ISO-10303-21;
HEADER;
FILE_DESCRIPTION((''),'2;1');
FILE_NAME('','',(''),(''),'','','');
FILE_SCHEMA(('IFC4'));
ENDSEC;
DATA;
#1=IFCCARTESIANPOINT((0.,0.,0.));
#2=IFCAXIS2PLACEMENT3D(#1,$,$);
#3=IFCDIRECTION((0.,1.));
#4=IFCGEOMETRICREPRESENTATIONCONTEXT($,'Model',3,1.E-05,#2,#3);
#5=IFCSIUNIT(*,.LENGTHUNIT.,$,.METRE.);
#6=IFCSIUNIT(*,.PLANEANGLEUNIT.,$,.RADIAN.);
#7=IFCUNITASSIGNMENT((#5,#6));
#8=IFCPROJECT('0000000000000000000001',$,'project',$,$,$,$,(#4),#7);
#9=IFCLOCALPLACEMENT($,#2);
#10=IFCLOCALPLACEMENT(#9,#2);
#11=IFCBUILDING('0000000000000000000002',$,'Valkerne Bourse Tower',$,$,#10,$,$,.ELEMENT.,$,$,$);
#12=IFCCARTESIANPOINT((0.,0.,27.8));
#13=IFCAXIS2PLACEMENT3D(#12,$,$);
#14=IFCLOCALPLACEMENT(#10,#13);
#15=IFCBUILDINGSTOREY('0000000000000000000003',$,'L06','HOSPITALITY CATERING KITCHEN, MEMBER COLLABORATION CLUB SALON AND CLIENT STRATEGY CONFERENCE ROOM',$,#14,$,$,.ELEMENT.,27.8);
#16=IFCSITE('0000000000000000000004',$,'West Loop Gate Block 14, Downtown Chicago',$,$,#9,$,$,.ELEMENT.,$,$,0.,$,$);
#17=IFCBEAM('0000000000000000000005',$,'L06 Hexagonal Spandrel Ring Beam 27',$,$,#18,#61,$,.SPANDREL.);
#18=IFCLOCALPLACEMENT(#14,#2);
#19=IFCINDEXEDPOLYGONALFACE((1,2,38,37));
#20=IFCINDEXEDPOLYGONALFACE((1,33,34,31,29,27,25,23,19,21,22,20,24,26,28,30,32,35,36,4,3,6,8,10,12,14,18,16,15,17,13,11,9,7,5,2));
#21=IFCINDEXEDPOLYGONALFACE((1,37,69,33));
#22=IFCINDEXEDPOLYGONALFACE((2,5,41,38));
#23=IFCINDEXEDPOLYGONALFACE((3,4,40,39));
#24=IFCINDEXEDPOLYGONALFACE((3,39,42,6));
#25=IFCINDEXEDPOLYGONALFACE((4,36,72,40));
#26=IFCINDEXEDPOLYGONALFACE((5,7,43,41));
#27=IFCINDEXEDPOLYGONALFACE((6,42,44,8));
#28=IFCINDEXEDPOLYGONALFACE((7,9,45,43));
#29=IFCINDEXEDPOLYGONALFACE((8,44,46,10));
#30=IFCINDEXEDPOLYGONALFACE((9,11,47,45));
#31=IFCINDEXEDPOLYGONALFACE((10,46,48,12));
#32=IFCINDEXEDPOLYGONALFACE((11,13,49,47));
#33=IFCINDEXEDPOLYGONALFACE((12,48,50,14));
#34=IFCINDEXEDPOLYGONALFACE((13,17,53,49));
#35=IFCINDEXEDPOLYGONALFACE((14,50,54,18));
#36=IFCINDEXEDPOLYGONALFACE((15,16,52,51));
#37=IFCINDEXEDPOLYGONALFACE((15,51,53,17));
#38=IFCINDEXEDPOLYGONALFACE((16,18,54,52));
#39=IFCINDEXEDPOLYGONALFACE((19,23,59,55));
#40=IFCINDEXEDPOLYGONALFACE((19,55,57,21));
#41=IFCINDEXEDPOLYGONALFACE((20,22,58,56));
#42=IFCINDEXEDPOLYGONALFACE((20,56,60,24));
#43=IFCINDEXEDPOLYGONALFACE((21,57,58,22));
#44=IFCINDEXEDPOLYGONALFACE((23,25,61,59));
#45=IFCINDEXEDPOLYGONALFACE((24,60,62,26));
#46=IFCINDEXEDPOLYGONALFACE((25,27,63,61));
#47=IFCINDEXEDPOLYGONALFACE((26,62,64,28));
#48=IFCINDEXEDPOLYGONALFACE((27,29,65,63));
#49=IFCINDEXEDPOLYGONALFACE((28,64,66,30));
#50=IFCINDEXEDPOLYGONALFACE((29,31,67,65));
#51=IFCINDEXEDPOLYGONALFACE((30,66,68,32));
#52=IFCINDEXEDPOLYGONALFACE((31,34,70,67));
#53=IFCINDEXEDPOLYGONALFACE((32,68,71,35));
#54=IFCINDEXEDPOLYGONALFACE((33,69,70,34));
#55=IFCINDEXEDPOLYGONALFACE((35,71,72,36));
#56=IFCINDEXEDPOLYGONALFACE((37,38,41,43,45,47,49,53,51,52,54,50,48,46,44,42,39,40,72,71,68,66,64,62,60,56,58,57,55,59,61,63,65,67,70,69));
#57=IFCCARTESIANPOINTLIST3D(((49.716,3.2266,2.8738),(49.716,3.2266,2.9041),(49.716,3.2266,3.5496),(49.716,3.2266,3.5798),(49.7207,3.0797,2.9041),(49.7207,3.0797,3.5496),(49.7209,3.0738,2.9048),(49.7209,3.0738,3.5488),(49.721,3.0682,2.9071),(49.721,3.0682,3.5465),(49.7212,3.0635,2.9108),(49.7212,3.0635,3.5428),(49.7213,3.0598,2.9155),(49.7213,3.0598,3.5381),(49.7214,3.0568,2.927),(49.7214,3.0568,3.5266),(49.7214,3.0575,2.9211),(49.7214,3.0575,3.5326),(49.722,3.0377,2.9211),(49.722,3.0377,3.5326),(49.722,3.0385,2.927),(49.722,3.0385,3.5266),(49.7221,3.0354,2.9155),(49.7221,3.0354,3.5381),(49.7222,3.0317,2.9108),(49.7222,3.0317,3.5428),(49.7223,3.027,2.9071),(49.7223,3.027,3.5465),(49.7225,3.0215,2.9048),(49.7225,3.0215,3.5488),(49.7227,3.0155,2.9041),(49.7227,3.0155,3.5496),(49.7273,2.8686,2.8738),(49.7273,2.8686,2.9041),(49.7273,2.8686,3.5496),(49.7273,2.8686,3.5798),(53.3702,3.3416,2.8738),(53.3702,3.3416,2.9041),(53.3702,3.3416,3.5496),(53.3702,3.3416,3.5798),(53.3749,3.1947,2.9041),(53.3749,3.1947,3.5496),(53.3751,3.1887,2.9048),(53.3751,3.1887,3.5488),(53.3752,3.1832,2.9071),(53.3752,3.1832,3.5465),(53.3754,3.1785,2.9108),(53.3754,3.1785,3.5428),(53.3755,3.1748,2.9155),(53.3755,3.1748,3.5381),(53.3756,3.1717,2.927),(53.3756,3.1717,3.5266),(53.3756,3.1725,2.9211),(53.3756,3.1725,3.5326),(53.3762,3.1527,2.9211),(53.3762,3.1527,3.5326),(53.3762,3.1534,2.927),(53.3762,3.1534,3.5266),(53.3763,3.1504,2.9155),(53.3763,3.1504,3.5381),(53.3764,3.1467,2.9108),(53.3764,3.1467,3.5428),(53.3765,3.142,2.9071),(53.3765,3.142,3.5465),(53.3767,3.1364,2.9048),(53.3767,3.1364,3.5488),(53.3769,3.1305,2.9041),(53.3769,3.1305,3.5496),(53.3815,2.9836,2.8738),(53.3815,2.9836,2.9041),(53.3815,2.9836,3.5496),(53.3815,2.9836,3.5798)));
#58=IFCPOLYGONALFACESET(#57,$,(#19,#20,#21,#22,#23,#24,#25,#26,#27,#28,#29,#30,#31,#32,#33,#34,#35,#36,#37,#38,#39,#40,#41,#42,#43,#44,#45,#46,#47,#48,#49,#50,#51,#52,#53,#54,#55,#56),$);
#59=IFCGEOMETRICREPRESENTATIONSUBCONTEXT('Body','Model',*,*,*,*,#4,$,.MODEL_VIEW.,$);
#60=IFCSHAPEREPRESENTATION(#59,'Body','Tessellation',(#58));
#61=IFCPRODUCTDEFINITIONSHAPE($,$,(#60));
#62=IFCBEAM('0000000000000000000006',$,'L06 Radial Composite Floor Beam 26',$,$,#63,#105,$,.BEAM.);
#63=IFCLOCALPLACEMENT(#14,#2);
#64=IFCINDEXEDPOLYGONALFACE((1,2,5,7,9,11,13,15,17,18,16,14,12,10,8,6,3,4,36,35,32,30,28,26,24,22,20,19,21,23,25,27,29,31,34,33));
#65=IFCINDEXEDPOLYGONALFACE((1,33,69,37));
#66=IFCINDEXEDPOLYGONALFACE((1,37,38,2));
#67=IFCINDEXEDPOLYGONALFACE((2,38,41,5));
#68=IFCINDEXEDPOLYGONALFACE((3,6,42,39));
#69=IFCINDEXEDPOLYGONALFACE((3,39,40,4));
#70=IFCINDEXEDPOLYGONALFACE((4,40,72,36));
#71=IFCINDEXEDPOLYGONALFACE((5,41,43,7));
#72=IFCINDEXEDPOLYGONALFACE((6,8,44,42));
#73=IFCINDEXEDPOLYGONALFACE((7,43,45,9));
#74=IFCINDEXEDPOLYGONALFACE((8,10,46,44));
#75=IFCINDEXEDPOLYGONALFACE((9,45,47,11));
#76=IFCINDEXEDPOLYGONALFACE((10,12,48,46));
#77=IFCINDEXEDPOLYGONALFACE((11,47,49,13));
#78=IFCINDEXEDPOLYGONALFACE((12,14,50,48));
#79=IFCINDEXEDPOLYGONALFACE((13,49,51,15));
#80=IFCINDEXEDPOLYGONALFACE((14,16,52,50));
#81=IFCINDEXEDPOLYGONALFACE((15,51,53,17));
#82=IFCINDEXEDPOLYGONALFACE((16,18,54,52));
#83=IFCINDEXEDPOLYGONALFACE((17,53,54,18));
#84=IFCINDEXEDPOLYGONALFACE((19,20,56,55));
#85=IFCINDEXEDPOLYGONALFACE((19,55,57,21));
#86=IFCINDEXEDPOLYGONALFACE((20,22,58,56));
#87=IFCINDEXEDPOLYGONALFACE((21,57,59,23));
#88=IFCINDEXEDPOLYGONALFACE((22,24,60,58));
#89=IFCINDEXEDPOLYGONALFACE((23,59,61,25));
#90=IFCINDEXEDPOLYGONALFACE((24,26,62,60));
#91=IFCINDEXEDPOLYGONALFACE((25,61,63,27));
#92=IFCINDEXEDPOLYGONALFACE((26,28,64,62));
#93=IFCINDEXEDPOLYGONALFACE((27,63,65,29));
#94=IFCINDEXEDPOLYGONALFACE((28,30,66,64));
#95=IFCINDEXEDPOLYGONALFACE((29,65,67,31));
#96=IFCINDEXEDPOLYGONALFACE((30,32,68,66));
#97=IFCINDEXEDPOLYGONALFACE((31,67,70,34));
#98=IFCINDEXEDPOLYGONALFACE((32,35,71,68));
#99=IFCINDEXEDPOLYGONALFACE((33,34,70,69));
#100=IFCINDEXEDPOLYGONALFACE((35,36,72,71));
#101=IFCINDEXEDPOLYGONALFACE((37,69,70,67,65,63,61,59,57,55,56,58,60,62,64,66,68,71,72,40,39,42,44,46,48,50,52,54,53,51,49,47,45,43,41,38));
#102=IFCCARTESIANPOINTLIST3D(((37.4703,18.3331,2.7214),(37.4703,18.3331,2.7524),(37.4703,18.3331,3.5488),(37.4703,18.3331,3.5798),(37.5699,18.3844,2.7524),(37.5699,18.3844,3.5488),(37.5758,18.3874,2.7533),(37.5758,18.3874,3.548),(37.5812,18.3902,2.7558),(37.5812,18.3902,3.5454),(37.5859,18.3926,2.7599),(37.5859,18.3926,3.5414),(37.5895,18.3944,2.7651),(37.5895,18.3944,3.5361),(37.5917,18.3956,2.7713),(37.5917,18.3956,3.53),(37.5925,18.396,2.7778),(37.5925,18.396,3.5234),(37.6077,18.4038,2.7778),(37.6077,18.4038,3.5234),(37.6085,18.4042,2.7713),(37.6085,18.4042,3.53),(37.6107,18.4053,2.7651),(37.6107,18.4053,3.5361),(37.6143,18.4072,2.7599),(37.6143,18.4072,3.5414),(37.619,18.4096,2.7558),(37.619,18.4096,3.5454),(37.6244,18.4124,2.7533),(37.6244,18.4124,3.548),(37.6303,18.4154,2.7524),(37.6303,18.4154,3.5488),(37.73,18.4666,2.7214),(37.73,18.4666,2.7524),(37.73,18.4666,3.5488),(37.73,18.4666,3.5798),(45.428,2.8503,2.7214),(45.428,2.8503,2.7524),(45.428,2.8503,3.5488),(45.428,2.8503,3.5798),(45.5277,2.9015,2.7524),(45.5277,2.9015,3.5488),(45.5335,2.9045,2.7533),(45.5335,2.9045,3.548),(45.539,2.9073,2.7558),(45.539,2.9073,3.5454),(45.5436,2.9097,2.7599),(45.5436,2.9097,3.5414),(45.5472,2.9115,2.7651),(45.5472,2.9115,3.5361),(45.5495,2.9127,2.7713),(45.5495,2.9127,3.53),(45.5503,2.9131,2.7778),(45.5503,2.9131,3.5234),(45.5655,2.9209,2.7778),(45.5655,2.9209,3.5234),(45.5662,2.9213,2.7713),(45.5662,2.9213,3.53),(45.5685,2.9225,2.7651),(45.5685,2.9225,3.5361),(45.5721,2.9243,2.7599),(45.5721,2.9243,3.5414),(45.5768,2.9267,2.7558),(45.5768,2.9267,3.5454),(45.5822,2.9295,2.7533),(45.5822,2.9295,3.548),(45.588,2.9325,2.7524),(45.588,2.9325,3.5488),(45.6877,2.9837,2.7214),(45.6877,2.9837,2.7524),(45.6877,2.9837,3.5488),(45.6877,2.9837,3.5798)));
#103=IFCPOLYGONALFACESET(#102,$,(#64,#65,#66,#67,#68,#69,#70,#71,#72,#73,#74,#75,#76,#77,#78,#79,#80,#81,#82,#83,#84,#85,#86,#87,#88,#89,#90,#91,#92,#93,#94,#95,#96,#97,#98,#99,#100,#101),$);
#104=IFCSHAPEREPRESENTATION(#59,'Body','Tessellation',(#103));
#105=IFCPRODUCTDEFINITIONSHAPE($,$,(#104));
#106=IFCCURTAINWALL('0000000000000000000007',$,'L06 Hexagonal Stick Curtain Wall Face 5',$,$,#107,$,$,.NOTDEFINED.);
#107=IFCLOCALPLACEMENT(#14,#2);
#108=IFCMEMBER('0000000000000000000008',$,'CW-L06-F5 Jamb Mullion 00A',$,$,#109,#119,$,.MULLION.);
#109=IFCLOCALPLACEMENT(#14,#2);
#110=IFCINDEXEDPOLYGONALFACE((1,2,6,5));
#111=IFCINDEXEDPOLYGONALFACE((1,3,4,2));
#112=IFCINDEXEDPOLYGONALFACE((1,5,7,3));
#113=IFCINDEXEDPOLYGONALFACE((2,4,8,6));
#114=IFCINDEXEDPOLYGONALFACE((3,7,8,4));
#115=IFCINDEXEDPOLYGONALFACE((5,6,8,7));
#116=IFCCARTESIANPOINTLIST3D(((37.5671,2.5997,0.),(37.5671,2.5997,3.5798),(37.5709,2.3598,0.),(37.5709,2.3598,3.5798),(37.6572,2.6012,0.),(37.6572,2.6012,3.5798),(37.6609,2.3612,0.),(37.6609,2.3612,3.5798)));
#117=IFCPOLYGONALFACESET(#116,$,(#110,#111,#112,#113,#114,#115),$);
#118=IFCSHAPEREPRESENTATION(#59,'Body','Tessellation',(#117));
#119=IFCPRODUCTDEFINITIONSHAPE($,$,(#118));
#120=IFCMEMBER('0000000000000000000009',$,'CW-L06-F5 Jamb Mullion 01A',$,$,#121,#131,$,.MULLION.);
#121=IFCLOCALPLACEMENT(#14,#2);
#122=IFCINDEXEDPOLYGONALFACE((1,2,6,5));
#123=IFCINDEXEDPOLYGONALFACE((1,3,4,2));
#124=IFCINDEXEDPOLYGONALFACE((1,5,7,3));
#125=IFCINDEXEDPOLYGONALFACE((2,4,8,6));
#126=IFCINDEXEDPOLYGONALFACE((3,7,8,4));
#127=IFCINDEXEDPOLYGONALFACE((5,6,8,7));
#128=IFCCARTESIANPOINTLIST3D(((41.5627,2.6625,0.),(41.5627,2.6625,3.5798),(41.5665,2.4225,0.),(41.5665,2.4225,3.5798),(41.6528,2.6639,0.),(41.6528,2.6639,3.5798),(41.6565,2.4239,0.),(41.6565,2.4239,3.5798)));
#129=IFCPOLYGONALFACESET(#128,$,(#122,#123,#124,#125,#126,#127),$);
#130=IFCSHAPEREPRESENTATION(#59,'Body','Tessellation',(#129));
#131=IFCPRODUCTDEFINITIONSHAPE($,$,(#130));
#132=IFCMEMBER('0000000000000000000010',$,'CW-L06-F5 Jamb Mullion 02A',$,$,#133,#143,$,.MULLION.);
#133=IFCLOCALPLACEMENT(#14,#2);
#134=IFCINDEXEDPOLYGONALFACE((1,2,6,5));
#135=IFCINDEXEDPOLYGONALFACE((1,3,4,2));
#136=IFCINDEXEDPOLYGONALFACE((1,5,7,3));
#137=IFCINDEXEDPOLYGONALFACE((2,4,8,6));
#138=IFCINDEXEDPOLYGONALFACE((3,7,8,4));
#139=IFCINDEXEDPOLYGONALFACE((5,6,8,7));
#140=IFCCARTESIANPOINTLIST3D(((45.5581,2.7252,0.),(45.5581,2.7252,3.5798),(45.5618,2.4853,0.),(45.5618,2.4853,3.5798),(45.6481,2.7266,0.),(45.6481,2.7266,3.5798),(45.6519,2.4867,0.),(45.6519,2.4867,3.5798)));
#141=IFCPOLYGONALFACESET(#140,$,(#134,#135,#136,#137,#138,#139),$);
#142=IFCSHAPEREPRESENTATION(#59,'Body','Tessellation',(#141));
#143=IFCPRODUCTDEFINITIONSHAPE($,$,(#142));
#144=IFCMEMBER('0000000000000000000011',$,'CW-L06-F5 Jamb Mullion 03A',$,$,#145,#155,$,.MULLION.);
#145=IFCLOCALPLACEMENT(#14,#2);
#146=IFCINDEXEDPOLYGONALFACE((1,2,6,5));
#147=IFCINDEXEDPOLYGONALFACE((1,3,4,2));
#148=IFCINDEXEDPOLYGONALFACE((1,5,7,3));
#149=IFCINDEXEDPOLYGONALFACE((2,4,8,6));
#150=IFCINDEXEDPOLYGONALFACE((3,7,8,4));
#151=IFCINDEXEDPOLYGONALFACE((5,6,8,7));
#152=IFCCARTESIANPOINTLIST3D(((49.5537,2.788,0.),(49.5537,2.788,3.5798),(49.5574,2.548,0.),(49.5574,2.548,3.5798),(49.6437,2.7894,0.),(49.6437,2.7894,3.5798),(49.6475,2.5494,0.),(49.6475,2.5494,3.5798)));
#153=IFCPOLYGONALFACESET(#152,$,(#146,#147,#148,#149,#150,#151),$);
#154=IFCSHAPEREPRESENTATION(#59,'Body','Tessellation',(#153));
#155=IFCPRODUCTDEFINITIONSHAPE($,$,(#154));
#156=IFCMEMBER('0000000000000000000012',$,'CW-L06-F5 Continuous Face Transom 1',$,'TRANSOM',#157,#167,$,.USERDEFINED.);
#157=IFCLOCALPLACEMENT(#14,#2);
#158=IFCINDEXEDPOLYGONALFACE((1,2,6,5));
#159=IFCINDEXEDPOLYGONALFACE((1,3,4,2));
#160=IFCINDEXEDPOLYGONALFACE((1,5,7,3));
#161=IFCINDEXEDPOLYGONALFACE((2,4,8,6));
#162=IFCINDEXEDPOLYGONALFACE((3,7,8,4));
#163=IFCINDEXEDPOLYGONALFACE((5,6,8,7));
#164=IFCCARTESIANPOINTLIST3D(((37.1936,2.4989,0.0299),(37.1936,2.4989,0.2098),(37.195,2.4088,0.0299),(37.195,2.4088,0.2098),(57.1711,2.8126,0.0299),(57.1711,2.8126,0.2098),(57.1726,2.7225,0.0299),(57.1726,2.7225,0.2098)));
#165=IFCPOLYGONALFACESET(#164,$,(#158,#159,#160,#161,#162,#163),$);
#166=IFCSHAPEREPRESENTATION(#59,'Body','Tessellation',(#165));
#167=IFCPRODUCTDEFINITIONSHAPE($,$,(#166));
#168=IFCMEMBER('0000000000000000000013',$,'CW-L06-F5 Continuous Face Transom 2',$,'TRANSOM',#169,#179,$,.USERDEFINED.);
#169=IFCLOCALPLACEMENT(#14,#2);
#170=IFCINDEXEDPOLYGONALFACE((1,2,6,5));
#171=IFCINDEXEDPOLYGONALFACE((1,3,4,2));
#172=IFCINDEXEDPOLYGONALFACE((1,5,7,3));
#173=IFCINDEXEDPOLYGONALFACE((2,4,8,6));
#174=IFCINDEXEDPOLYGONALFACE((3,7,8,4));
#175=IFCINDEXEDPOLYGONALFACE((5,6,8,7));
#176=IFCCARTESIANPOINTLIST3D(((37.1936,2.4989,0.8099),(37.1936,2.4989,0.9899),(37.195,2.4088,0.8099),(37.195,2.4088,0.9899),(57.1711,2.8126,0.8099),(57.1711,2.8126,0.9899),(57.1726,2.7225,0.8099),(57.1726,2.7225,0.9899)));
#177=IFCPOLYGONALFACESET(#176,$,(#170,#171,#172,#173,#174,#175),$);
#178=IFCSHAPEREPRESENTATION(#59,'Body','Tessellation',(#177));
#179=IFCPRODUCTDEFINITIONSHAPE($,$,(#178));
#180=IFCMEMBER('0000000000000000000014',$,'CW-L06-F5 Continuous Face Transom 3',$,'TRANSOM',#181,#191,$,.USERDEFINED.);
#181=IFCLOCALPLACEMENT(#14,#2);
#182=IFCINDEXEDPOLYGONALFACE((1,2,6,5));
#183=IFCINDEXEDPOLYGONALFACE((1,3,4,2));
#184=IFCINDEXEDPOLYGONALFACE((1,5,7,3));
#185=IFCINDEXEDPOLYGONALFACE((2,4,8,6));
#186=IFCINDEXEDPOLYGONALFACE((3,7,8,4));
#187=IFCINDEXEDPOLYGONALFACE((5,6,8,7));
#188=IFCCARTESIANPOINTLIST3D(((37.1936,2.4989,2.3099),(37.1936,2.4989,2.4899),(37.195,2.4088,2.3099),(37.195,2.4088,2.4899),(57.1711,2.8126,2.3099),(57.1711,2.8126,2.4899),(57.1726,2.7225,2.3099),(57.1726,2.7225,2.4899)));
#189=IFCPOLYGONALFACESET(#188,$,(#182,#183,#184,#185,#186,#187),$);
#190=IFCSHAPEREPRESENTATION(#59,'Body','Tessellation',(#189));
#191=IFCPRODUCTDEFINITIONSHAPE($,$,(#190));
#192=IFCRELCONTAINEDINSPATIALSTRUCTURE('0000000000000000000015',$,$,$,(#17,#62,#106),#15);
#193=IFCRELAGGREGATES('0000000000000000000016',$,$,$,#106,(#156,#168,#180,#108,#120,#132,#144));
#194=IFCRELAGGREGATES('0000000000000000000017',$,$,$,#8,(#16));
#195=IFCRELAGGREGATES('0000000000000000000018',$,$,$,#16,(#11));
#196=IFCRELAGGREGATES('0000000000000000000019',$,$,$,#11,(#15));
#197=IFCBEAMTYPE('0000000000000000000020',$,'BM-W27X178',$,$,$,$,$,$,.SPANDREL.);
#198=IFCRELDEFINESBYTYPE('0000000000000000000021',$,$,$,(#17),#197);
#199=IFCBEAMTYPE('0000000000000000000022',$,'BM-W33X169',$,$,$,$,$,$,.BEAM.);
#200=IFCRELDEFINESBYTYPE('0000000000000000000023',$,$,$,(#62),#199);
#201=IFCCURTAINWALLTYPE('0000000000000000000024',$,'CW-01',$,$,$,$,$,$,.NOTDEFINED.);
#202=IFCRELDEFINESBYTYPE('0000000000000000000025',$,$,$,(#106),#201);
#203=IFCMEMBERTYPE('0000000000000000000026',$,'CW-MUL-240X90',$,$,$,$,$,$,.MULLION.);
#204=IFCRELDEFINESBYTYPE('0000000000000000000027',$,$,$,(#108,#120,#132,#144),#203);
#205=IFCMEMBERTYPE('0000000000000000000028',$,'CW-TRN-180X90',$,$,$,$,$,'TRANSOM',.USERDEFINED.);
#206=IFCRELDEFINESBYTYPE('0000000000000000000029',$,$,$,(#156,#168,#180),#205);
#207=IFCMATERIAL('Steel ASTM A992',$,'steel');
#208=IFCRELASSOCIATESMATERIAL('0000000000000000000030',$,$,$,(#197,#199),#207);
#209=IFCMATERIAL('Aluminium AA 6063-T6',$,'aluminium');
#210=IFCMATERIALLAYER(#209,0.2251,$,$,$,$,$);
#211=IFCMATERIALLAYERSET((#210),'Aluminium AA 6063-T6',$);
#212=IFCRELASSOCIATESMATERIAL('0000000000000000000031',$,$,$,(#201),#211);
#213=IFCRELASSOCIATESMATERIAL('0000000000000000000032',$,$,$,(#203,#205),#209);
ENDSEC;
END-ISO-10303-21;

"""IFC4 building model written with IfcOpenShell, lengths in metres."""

from ifc_helpers import new_model, si_unit, direction, frame, origin, origin_2d, place, context, subcontext, project, spatial, rectangle, i_section, extrude, material, layer, layer_set, material_profile, profile_set, type_object, element, aggregate, save


model = new_model("IFC4")

# Units and contexts
model_context = context("Model", 3, precision=1e-05, world=origin(), true_north=direction((0.0, 1.0)))
body_context = subcontext(model_context, "Body", "Model", "MODEL_VIEW")
ifc_project = project(units=[si_unit("LENGTHUNIT", "METRE"), si_unit("PLANEANGLEUNIT", "RADIAN")], contexts=[model_context])

# Site, building, storey
site_placement = place(None, origin())
site = spatial("IfcSite", under=ifc_project, at=site_placement, Name="West Loop Gate Block 14, Downtown Chicago", CompositionType="ELEMENT", RefElevation=0.0)
building_placement = place(site_placement, origin())
building = spatial("IfcBuilding", under=site, at=building_placement, Name="Valkerne Bourse Tower", CompositionType="ELEMENT")
storey_placement = place(building_placement, frame((0.0, 0.0, 27.8)))
storey = spatial("IfcBuildingStorey", under=building, at=storey_placement, Name="L06", Description="HOSPITALITY CATERING KITCHEN, MEMBER COLLABORATION CLUB SALON AND CLIENT STRATEGY CONFERENCE ROOM", CompositionType="ELEMENT", Elevation=27.8)

# Beams
ifc_material_1 = material(Name="Steel ASTM A992", Category="steel")
ifc_material_profile_1 = material_profile(ifc_material_1, i_section(OverallWidth=0.3582, OverallDepth=0.7061, WebThickness=0.0183, FlangeThickness=0.0303, FilletRadius=0.0229, at=origin_2d()), Name="W27X178")
ifc_profile_set_1 = profile_set([ifc_material_profile_1], Name="Steel ASTM A992")
beam_type_1 = type_object("IfcBeamType", Name="BM-W27X178", PredefinedType="SPANDREL", material=ifc_profile_set_1)
for number, where, z_axis, x_axis, name in (
    (1, (49.7217, 3.0476, 3.2268), (0.999505, 0.031452, 0.0), (-0.031452, 0.999505, 0.0), "L06 Hexagonal Spandrel Ring Beam 27"),
):
    element("IfcBeam", number, at=place(storey_placement, frame(where, z_axis=z_axis, x_axis=x_axis)), inside=storey, type_object=beam_type_1, Name=name, PredefinedType="SPANDREL", context=body_context, shape_type="SweptSolid", body=[
        extrude(i_section(OverallWidth=0.3582, OverallDepth=0.7061, WebThickness=0.0183, FlangeThickness=0.0303, FilletRadius=0.0229, at=origin_2d()), origin(), (0.0, 0.0, 1.0), 3.656),
    ])
ifc_material_profile_2 = material_profile(ifc_material_1, i_section(OverallWidth=0.292, OverallDepth=0.8584, WebThickness=0.0171, FlangeThickness=0.031, FilletRadius=0.0254, at=origin_2d()), Name="W33X169")
ifc_profile_set_2 = profile_set([ifc_material_profile_2], Name="Steel ASTM A992")
beam_type_2 = type_object("IfcBeamType", Name="BM-W33X169", PredefinedType="BEAM", material=ifc_profile_set_2)
beam_1_placement = place(storey_placement, frame((45.5579, 2.917, 3.1506), z_axis=(-0.457126, 0.889402, 0.0), x_axis=(-0.889402, -0.457126, 0.0)))
element("IfcBeam", 2, at=beam_1_placement, inside=storey, type_object=beam_type_2, Name="L06 Radial Composite Floor Beam 26", PredefinedType="BEAM", context=body_context, shape_type="SweptSolid", body=[
    extrude(i_section(OverallWidth=0.292, OverallDepth=0.8584, WebThickness=0.0171, FlangeThickness=0.031, FilletRadius=0.0254, at=origin_2d()), origin(), (0.0, 0.0, 1.0), 17.4082),
])

# Curtain wall, members
ifc_material_2 = material(Name="Aluminium AA 6063-T6", Category="aluminium")
ifc_layer_1 = layer(ifc_material_2, 0.2251)
ifc_layer_set_1 = layer_set([ifc_layer_1], Name="Aluminium AA 6063-T6")
curtain_wall_type = type_object("IfcCurtainWallType", Name="CW-01", PredefinedType="NOTDEFINED", material=ifc_layer_set_1)
curtain_wall_placement = place(storey_placement, origin())
curtain_wall = element("IfcCurtainWall", 3, at=curtain_wall_placement, inside=storey, type_object=curtain_wall_type, Name="L06 Hexagonal Stick Curtain Wall Face 5", PredefinedType="NOTDEFINED")
ifc_material_profile_3 = material_profile(ifc_material_2, rectangle(XDim=0.0901, YDim=0.24, at=origin_2d()), Name="CWM-90X240")
ifc_profile_set_3 = profile_set([ifc_material_profile_3], Name="Aluminium AA 6063-T6")
member_type_1 = type_object("IfcMemberType", Name="CW-MUL-240X90", PredefinedType="MULLION", material=ifc_profile_set_3)
member_1_placement = place(storey_placement, frame((37.614, 2.4805, 0.0), z_axis=(0.0, 0.0, 1.0), x_axis=(0.999877, 0.015716, 0.0)))
member_1 = element("IfcMember", 4, at=member_1_placement, type_object=member_type_1, Name="CW-L06-F5 Jamb Mullion 00A", PredefinedType="MULLION", context=body_context, shape_type="SweptSolid", body=[
    extrude(rectangle(XDim=0.0901, YDim=0.24, at=origin_2d()), origin(), (0.0, 0.0, 1.0), 3.5798),
])
member_2_placement = place(storey_placement, frame((41.6096, 2.5432, 0.0), z_axis=(0.0, 0.0, 1.0), x_axis=(0.999877, 0.015716, 0.0)))
member_2 = element("IfcMember", 5, at=member_2_placement, type_object=member_type_1, Name="CW-L06-F5 Jamb Mullion 01A", PredefinedType="MULLION", context=body_context, shape_type="SweptSolid", body=[
    extrude(rectangle(XDim=0.0901, YDim=0.24, at=origin_2d()), origin(), (0.0, 0.0, 1.0), 3.5798),
])
member_3_placement = place(storey_placement, frame((45.605, 2.606, 0.0), z_axis=(0.0, 0.0, 1.0), x_axis=(0.999877, 0.015691, 0.0)))
member_3 = element("IfcMember", 6, at=member_3_placement, type_object=member_type_1, Name="CW-L06-F5 Jamb Mullion 02A", PredefinedType="MULLION", context=body_context, shape_type="SweptSolid", body=[
    extrude(rectangle(XDim=0.0901, YDim=0.24, at=origin_2d()), origin(), (0.0, 0.0, 1.0), 3.5798),
])
member_4_placement = place(storey_placement, frame((49.6006, 2.6687, 0.0), z_axis=(0.0, 0.0, 1.0), x_axis=(0.999877, 0.015716, 0.0)))
member_4 = element("IfcMember", 7, at=member_4_placement, type_object=member_type_1, Name="CW-L06-F5 Jamb Mullion 03A", PredefinedType="MULLION", context=body_context, shape_type="SweptSolid", body=[
    extrude(rectangle(XDim=0.0901, YDim=0.24, at=origin_2d()), origin(), (0.0, 0.0, 1.0), 3.5798),
])
ifc_material_profile_4 = material_profile(ifc_material_2, rectangle(XDim=0.0901, YDim=0.1799, at=origin_2d()), Name="CWT-90X180")
ifc_profile_set_4 = profile_set([ifc_material_profile_4], Name="Aluminium AA 6063-T6")
member_type_2 = type_object("IfcMemberType", Name="CW-TRN-180X90", ElementType="TRANSOM", PredefinedType="USERDEFINED", material=ifc_profile_set_4)
member_5_placement = place(storey_placement, frame((37.1943, 2.4539, 0.1199), z_axis=(0.999877, 0.015702, 0.0), x_axis=(-0.015702, 0.999877, 0.0)))
member_5 = element("IfcMember", 8, at=member_5_placement, type_object=member_type_2, Name="CW-L06-F5 Continuous Face Transom 1", ObjectType="TRANSOM", PredefinedType="USERDEFINED", context=body_context, shape_type="SweptSolid", body=[
    extrude(rectangle(XDim=0.0901, YDim=0.1799, at=origin_2d()), origin(), (0.0, 0.0, 1.0), 19.98),
])
member_6_placement = place(storey_placement, frame((37.1943, 2.4539, 0.8999), z_axis=(0.999877, 0.015702, 0.0), x_axis=(-0.015702, 0.999877, 0.0)))
member_6 = element("IfcMember", 9, at=member_6_placement, type_object=member_type_2, Name="CW-L06-F5 Continuous Face Transom 2", ObjectType="TRANSOM", PredefinedType="USERDEFINED", context=body_context, shape_type="SweptSolid", body=[
    extrude(rectangle(XDim=0.0901, YDim=0.1799, at=origin_2d()), origin(), (0.0, 0.0, 1.0), 19.98),
])
member_7_placement = place(storey_placement, frame((37.1943, 2.4539, 2.3999), z_axis=(0.999877, 0.015702, 0.0), x_axis=(-0.015702, 0.999877, 0.0)))
member_7 = element("IfcMember", 10, at=member_7_placement, type_object=member_type_2, Name="CW-L06-F5 Continuous Face Transom 3", ObjectType="TRANSOM", PredefinedType="USERDEFINED", context=body_context, shape_type="SweptSolid", body=[
    extrude(rectangle(XDim=0.0901, YDim=0.1799, at=origin_2d()), origin(), (0.0, 0.0, 1.0), 19.98),
])

aggregate(curtain_wall, [member_5, member_6, member_7, member_1, member_2, member_3, member_4])

save(model, "model.ifc")
